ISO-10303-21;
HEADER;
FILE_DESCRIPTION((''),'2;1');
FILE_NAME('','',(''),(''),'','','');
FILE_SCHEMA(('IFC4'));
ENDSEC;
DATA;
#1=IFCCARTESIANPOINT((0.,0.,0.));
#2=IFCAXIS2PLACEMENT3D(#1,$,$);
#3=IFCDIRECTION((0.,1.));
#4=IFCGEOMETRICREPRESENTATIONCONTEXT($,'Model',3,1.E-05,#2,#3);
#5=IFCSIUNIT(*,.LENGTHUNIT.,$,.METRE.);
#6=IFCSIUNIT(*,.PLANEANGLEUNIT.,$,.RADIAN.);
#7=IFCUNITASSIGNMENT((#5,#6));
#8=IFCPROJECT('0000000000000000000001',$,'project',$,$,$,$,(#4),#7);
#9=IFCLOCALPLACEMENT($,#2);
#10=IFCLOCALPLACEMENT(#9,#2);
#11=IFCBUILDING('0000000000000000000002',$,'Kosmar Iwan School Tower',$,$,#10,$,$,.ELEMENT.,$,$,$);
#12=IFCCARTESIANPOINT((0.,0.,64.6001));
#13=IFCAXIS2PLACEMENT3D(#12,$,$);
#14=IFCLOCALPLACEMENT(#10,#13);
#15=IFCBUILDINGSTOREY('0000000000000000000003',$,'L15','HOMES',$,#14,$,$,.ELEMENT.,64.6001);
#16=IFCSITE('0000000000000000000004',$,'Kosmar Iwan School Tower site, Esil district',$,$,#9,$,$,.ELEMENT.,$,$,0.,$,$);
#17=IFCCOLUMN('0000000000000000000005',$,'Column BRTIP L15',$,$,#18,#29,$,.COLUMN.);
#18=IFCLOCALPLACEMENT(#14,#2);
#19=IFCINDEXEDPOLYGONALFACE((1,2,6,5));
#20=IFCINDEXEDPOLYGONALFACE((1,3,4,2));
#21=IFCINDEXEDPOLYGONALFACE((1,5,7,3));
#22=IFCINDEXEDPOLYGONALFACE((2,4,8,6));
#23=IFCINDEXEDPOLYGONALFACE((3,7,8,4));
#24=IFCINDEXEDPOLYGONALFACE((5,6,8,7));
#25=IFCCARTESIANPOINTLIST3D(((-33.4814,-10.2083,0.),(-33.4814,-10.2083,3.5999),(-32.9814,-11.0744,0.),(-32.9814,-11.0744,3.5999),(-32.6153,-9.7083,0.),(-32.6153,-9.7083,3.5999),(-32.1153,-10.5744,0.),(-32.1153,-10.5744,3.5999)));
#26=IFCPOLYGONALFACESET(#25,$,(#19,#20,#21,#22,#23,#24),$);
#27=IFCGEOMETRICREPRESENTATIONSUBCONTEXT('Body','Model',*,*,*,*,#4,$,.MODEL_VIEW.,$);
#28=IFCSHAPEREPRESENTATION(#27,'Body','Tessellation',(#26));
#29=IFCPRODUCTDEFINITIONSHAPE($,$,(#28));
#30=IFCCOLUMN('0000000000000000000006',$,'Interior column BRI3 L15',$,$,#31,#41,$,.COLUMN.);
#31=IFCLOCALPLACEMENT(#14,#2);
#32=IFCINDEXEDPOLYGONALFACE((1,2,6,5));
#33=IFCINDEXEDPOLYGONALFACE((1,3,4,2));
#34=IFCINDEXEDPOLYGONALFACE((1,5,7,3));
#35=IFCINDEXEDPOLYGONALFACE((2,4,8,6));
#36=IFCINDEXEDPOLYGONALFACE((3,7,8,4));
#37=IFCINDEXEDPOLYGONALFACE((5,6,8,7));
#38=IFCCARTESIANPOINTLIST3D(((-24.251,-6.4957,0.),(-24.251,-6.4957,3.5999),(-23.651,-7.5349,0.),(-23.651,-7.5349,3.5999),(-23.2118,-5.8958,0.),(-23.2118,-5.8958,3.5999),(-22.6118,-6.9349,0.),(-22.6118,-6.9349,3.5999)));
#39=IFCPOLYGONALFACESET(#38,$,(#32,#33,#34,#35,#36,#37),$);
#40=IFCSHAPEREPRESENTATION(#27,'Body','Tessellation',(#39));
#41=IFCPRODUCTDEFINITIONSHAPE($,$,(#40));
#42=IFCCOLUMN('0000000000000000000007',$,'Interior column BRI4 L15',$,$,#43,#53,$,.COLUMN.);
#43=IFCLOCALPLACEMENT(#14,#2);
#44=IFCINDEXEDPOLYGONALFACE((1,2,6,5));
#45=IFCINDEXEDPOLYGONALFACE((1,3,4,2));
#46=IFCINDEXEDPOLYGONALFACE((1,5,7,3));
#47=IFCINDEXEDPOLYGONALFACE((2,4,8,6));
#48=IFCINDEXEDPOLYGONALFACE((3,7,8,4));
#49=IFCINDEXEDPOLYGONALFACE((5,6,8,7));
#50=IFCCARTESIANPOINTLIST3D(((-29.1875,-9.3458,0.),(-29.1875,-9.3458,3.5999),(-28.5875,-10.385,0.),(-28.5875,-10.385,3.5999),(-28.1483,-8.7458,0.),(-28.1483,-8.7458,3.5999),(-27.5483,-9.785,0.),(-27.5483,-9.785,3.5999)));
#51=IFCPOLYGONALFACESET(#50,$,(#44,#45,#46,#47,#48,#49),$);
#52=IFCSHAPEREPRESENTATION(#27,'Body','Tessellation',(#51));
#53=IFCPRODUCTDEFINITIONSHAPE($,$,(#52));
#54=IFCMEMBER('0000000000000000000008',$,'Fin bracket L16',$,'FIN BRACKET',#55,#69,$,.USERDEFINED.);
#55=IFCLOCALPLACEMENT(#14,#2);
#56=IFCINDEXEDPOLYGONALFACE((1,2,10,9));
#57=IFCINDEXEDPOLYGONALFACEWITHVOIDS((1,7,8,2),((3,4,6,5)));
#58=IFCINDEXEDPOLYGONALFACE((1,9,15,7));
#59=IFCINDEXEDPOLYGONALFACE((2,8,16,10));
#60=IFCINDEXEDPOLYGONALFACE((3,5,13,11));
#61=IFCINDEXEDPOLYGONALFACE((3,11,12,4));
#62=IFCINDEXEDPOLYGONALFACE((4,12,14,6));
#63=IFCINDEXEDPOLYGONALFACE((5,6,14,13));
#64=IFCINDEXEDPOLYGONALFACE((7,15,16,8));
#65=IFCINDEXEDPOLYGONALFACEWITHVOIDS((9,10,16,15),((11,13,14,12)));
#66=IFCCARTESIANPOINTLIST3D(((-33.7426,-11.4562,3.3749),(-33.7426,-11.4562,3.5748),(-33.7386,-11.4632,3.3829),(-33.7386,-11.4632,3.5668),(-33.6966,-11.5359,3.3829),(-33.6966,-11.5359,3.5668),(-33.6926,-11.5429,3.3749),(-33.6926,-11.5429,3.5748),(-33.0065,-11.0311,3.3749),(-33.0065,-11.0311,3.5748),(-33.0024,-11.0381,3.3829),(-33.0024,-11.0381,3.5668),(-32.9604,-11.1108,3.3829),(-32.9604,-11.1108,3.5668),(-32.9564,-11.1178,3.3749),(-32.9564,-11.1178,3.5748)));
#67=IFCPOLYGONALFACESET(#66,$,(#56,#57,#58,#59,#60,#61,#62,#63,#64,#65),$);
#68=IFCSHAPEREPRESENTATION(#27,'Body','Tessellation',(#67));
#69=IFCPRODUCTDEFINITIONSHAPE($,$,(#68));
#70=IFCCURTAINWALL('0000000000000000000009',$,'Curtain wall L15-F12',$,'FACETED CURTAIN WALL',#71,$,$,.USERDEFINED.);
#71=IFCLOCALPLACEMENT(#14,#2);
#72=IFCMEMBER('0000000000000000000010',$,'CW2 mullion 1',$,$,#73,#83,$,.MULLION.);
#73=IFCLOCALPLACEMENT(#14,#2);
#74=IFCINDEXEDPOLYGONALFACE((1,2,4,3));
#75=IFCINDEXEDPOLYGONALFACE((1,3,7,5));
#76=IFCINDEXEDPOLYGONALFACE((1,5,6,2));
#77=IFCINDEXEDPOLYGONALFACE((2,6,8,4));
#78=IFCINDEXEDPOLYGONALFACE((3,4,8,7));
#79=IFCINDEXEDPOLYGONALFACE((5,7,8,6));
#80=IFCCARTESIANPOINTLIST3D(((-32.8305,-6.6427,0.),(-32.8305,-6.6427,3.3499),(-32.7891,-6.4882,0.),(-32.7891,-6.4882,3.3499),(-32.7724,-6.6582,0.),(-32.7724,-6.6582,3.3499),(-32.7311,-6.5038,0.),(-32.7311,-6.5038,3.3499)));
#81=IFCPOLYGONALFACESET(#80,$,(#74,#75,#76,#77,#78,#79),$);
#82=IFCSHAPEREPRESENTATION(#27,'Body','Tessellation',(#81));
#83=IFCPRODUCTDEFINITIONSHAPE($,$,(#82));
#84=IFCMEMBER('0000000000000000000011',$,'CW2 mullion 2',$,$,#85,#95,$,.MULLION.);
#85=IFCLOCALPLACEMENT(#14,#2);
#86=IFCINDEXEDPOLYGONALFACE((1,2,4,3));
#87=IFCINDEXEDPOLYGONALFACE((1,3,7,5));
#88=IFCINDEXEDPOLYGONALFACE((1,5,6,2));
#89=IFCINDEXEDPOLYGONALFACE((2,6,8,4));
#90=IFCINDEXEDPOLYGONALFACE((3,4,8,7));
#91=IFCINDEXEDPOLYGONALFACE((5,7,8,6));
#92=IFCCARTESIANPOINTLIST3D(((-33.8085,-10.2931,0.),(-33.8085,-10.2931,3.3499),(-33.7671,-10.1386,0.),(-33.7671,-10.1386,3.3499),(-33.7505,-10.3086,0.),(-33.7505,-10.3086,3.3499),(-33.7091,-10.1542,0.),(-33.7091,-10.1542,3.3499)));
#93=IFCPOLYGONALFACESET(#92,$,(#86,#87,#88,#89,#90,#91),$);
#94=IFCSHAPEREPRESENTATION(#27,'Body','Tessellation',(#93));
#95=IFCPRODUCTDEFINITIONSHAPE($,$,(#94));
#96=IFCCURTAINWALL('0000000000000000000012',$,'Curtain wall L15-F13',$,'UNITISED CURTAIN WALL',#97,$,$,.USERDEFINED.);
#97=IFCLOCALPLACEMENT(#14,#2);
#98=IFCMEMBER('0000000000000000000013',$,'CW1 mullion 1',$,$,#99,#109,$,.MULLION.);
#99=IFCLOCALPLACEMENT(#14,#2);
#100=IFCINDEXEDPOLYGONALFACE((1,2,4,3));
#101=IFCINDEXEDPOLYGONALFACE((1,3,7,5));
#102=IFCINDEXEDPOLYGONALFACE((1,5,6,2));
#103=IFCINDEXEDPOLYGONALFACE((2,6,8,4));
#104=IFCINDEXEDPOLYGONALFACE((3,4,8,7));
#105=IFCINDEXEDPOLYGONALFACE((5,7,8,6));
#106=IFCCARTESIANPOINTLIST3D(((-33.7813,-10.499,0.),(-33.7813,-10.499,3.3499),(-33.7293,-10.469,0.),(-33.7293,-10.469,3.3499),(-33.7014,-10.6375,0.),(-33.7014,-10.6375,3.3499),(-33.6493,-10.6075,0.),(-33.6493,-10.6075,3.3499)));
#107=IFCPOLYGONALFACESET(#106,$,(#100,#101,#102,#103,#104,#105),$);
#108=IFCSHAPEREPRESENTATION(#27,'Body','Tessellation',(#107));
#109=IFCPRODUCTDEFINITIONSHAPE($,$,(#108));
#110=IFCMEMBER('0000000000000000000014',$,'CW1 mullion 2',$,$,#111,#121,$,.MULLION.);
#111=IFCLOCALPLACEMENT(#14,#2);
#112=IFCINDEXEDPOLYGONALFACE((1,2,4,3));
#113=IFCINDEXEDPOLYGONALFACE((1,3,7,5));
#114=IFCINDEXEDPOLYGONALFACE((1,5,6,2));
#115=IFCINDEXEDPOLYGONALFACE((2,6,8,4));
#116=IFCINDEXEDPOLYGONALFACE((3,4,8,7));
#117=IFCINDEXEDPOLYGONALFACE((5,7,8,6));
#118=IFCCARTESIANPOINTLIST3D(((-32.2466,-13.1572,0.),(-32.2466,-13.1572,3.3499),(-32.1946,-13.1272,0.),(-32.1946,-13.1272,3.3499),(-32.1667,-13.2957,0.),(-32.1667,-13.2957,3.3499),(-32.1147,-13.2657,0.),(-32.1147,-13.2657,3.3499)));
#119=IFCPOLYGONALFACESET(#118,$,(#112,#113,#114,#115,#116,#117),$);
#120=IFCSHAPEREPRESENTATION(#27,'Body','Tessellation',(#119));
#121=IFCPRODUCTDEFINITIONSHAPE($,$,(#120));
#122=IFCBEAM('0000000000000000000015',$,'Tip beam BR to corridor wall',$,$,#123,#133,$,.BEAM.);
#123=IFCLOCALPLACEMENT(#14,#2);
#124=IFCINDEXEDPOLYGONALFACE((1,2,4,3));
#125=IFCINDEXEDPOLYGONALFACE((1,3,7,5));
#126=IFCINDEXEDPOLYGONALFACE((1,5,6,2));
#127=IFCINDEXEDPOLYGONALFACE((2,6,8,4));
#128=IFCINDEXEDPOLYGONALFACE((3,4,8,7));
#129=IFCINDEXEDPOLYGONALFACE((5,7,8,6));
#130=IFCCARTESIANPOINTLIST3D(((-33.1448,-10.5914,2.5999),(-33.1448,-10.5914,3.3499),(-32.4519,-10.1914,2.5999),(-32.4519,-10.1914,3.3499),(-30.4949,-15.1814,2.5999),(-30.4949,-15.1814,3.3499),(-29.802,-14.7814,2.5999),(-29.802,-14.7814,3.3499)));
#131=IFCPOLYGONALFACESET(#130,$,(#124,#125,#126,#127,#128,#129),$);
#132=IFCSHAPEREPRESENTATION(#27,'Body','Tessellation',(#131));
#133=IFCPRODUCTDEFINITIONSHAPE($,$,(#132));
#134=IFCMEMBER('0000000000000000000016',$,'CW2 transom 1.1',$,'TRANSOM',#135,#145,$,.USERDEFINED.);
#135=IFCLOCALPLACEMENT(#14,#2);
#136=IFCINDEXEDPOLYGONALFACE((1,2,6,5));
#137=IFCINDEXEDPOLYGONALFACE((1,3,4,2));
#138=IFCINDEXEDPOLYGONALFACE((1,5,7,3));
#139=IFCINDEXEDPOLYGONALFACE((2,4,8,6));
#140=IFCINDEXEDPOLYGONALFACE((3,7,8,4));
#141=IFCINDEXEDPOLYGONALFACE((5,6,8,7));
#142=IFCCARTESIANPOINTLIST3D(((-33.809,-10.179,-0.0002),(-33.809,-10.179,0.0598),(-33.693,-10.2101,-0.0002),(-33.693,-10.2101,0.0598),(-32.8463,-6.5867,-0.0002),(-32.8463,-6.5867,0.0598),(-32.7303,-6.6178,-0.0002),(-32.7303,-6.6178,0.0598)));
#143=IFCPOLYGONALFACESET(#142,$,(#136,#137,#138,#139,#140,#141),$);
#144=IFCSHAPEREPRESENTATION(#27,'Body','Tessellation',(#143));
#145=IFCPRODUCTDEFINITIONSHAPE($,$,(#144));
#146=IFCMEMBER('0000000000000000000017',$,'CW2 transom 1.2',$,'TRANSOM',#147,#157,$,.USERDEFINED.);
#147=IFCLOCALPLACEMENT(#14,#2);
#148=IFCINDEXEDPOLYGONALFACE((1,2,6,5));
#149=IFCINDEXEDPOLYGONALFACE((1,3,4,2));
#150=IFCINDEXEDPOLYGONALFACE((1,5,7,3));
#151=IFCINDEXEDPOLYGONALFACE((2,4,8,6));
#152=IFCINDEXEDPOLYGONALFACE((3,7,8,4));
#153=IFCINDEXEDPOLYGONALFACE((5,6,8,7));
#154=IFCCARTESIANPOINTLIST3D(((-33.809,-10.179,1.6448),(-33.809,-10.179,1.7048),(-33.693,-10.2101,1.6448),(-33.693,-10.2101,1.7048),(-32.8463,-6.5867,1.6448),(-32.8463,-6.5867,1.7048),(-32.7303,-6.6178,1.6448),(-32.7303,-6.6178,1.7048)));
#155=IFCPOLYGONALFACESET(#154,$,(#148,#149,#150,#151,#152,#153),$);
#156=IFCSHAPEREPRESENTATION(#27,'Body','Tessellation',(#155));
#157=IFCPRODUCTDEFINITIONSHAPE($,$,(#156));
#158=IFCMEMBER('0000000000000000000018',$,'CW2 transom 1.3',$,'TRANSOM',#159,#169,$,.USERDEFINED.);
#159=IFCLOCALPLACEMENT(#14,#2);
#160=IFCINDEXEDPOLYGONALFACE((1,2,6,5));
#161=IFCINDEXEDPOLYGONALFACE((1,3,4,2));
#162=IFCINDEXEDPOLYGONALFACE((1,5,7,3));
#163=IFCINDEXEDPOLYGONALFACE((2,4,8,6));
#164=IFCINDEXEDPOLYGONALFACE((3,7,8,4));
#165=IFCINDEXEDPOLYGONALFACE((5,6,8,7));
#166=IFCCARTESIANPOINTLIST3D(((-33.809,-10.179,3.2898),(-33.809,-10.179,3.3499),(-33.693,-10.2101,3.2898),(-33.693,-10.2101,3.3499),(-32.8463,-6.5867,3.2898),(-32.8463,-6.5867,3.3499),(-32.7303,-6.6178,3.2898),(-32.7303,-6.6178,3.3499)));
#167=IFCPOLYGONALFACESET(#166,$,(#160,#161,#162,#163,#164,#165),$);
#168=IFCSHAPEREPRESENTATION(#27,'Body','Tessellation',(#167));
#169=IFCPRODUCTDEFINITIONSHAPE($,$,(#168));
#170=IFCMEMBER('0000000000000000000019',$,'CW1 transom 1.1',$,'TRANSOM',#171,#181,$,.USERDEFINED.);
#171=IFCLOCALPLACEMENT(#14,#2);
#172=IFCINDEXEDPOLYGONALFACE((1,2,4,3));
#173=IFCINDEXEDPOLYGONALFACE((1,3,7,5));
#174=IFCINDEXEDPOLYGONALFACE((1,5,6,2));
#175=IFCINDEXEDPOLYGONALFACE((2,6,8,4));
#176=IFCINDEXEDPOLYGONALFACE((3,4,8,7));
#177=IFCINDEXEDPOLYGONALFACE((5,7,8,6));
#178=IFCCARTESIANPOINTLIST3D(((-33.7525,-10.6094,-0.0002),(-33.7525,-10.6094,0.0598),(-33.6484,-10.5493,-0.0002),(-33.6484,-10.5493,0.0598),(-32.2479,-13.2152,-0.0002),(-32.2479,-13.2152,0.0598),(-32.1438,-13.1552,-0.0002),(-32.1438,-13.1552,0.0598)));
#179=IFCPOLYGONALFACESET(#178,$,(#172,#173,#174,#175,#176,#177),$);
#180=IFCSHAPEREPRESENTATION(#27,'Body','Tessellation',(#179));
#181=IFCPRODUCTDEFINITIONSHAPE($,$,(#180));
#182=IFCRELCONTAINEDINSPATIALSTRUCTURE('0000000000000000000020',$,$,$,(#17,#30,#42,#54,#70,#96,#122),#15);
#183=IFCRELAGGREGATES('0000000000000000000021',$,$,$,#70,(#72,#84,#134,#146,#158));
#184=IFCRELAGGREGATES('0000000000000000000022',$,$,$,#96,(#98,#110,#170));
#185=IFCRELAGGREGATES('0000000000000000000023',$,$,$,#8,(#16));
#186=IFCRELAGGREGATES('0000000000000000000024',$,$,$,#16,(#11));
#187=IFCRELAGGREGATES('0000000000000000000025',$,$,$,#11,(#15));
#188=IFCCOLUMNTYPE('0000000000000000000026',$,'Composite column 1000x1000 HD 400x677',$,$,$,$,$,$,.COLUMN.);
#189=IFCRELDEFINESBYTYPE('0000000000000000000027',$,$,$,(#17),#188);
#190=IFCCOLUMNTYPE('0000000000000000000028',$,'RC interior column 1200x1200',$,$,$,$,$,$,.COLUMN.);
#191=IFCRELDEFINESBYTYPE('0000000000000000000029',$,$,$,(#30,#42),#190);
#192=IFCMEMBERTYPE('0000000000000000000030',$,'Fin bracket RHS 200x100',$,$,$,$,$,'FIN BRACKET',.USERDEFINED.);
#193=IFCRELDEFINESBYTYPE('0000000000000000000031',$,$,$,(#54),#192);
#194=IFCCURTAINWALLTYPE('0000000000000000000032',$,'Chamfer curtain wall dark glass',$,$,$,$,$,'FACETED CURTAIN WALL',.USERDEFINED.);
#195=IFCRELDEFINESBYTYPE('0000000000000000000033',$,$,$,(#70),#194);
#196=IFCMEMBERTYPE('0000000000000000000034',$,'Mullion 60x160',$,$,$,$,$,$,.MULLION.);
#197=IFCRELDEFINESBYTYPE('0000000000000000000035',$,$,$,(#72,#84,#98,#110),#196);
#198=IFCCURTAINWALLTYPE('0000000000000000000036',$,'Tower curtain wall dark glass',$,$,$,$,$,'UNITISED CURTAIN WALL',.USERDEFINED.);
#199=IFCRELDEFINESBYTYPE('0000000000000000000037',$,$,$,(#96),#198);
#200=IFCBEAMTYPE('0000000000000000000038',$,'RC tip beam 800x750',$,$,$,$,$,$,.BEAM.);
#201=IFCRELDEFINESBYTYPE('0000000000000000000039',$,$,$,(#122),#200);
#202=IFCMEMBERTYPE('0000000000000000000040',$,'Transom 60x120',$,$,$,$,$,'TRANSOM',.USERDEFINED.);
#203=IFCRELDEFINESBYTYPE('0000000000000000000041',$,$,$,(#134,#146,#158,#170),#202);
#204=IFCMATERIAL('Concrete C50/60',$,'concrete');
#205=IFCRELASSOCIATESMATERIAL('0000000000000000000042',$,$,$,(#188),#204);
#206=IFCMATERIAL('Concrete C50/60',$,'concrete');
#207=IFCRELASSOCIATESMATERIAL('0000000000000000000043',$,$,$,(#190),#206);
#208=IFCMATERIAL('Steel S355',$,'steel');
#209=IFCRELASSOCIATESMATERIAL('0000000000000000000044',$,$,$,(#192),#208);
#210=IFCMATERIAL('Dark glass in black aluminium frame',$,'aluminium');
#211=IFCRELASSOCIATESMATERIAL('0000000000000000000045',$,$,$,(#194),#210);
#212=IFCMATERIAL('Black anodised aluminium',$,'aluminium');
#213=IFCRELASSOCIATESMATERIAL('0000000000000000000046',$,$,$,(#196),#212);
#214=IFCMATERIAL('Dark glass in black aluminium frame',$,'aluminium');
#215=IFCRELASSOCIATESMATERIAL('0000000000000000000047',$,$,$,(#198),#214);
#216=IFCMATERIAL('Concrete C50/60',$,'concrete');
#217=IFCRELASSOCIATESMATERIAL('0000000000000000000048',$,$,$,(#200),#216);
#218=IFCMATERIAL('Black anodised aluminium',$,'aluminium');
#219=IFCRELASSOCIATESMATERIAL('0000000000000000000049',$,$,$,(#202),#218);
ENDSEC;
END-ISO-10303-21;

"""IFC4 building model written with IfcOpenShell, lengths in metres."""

from ifc_helpers import new_model, si_unit, direction, frame, origin, origin_2d, place, context, subcontext, project, spatial, rectangle, hollow_rectangle, extrude, material, material_profile, profile_set, type_object, element, aggregate, save


model = new_model("IFC4")

# Units and contexts
model_context = context("Model", 3, precision=1e-05, world=origin(), true_north=direction((0.0, 1.0)))
body_context = subcontext(model_context, "Body", "Model", "MODEL_VIEW")
ifc_project = project(units=[si_unit("LENGTHUNIT", "METRE"), si_unit("PLANEANGLEUNIT", "RADIAN")], contexts=[model_context])

# Site, building, storey
site_placement = place(None, origin())
site = spatial("IfcSite", under=ifc_project, at=site_placement, Name="Kosmar Iwan School Tower site, Esil district", CompositionType="ELEMENT", RefElevation=0.0)
building_placement = place(site_placement, origin())
building = spatial("IfcBuilding", under=site, at=building_placement, Name="Kosmar Iwan School Tower", CompositionType="ELEMENT")
storey_placement = place(building_placement, frame((0.0, 0.0, 64.6001)))
storey = spatial("IfcBuildingStorey", under=building, at=storey_placement, Name="L15", Description="HOMES", CompositionType="ELEMENT", Elevation=64.6001)

# Columns
ifc_material_1 = material(Name="Concrete C50/60", Category="concrete")
ifc_material_profile_1 = material_profile(ifc_material_1, rectangle(XDim=1.0, YDim=1.0, at=origin_2d()), Name="RC 1000x1000 + HD 400x677")
ifc_profile_set_1 = profile_set([ifc_material_profile_1], Name="Concrete C50/60")
column_type_1 = type_object("IfcColumnType", Name="Composite column 1000x1000 HD 400x677", PredefinedType="COLUMN", material=ifc_profile_set_1)
column_placement = place(storey_placement, frame((-32.7983, -10.3914, 0.0), z_axis=(0.0, 0.0, 1.0), x_axis=(-0.866025, -0.5, 0.0)))
element("IfcColumn", 1, at=column_placement, inside=storey, type_object=column_type_1, Name="Column BRTIP L15", PredefinedType="COLUMN", context=body_context, shape_type="SweptSolid", body=[
    extrude(rectangle(XDim=1.0, YDim=1.0, at=origin_2d()), origin(), (0.0, 0.0, 1.0), 3.5999),
])
ifc_material_2 = material(Name="Concrete C50/60", Category="concrete")
ifc_material_profile_2 = material_profile(ifc_material_2, rectangle(XDim=1.2, YDim=1.2, at=origin_2d()), Name="RC 1200x1200")
ifc_profile_set_2 = profile_set([ifc_material_profile_2], Name="Concrete C50/60")
column_type_2 = type_object("IfcColumnType", Name="RC interior column 1200x1200", PredefinedType="COLUMN", material=ifc_profile_set_2)
for number, where, z_axis, x_axis, name in (
    (2, (-23.4314, -6.7153, 0.0), (0.0, 0.0, 1.0), (-0.866025, -0.5, 0.0), "Interior column BRI3 L15"),
    (3, (-28.3679, -9.5654, 0.0), (0.0, 0.0, 1.0), (-0.866025, -0.5, 0.0), "Interior column BRI4 L15"),
):
    element("IfcColumn", number, at=place(storey_placement, frame(where, z_axis=z_axis, x_axis=x_axis)), inside=storey, type_object=column_type_2, Name=name, PredefinedType="COLUMN", context=body_context, shape_type="SweptSolid", body=[
        extrude(rectangle(XDim=1.2, YDim=1.2, at=origin_2d()), origin(), (0.0, 0.0, 1.0), 3.5999),
    ])

# Member
ifc_material_3 = material(Name="Steel S355", Category="steel")
ifc_material_profile_3 = material_profile(ifc_material_3, hollow_rectangle(XDim=0.1001, YDim=0.2, WallThickness=0.0081, at=origin_2d()), Name="RHS 200x100x8")
ifc_profile_set_3 = profile_set([ifc_material_profile_3], Name="Steel S355")
member_type_1 = type_object("IfcMemberType", Name="Fin bracket RHS 200x100", ElementType="FIN BRACKET", PredefinedType="USERDEFINED", material=ifc_profile_set_3)
member_1_placement = place(storey_placement, frame((-32.9814, -11.0745, 3.4749), z_axis=(-0.865989, -0.500062, 0.0), x_axis=(0.500062, -0.865989, 0.0)))
element("IfcMember", 4, at=member_1_placement, inside=storey, type_object=member_type_1, Name="Fin bracket L16", ObjectType="FIN BRACKET", PredefinedType="USERDEFINED", context=body_context, shape_type="SweptSolid", body=[
    extrude(hollow_rectangle(XDim=0.1001, YDim=0.2, WallThickness=0.0081, at=origin_2d()), origin(), (0.0, 0.0, 1.0), 0.8501),
])

# Curtain walls, members
ifc_material_4 = material(Name="Dark glass in black aluminium frame", Category="aluminium")
curtain_wall_type_1 = type_object("IfcCurtainWallType", Name="Chamfer curtain wall dark glass", ElementType="FACETED CURTAIN WALL", PredefinedType="USERDEFINED", material=ifc_material_4)
curtain_wall_1_placement = place(storey_placement, origin())
curtain_wall_1 = element("IfcCurtainWall", 5, at=curtain_wall_1_placement, inside=storey, type_object=curtain_wall_type_1, Name="Curtain wall L15-F12", ObjectType="FACETED CURTAIN WALL", PredefinedType="USERDEFINED")
ifc_material_5 = material(Name="Black anodised aluminium", Category="aluminium")
ifc_material_profile_4 = material_profile(ifc_material_5, rectangle(XDim=0.0601, YDim=0.1599, at=origin_2d()), Name="MULLION 60x160")
ifc_profile_set_4 = profile_set([ifc_material_profile_4], Name="Black anodised aluminium")
member_type_2 = type_object("IfcMemberType", Name="Mullion 60x160", PredefinedType="MULLION", material=ifc_profile_set_4)
member_2_placement = place(storey_placement, frame((-32.7808, -6.5732, 0.0), z_axis=(0.0, 0.0, 1.0), x_axis=(0.965926, -0.258819, 0.0)))
member_2 = element("IfcMember", 6, at=member_2_placement, type_object=member_type_2, Name="CW2 mullion 1", PredefinedType="MULLION", context=body_context, shape_type="SweptSolid", body=[
    extrude(rectangle(XDim=0.0601, YDim=0.1599, at=origin_2d()), origin(), (0.0, 0.0, 1.0), 3.3499),
])
member_3_placement = place(storey_placement, frame((-33.7588, -10.2236, 0.0), z_axis=(0.0, 0.0, 1.0), x_axis=(0.965926, -0.258819, 0.0)))
member_3 = element("IfcMember", 7, at=member_3_placement, type_object=member_type_2, Name="CW2 mullion 2", PredefinedType="MULLION", context=body_context, shape_type="SweptSolid", body=[
    extrude(rectangle(XDim=0.0601, YDim=0.1599, at=origin_2d()), origin(), (0.0, 0.0, 1.0), 3.3499),
])
ifc_material_6 = material(Name="Dark glass in black aluminium frame", Category="aluminium")
curtain_wall_type_2 = type_object("IfcCurtainWallType", Name="Tower curtain wall dark glass", ElementType="UNITISED CURTAIN WALL", PredefinedType="USERDEFINED", material=ifc_material_6)
curtain_wall_2_placement = place(storey_placement, origin())
curtain_wall_2 = element("IfcCurtainWall", 8, at=curtain_wall_2_placement, inside=storey, type_object=curtain_wall_type_2, Name="Curtain wall L15-F13", ObjectType="UNITISED CURTAIN WALL", PredefinedType="USERDEFINED")
member_4_placement = place(storey_placement, frame((-33.7153, -10.5532, 0.0), z_axis=(0.0, 0.0, 1.0), x_axis=(0.866025, 0.5, 0.0)))
member_4 = element("IfcMember", 9, at=member_4_placement, type_object=member_type_2, Name="CW1 mullion 1", PredefinedType="MULLION", context=body_context, shape_type="SweptSolid", body=[
    extrude(rectangle(XDim=0.0601, YDim=0.1599, at=origin_2d()), origin(), (0.0, 0.0, 1.0), 3.3499),
])
member_5_placement = place(storey_placement, frame((-32.1807, -13.2114, 0.0), z_axis=(0.0, 0.0, 1.0), x_axis=(0.866025, 0.5, 0.0)))
member_5 = element("IfcMember", 10, at=member_5_placement, type_object=member_type_2, Name="CW1 mullion 2", PredefinedType="MULLION", context=body_context, shape_type="SweptSolid", body=[
    extrude(rectangle(XDim=0.0601, YDim=0.1599, at=origin_2d()), origin(), (0.0, 0.0, 1.0), 3.3499),
])

# Beam
ifc_material_7 = material(Name="Concrete C50/60", Category="concrete")
ifc_material_profile_5 = material_profile(ifc_material_7, rectangle(XDim=0.8, YDim=0.75, at=origin_2d()), Name="RC 800x750")
ifc_profile_set_5 = profile_set([ifc_material_profile_5], Name="Concrete C50/60")
beam_type = type_object("IfcBeamType", Name="RC tip beam 800x750", PredefinedType="BEAM", material=ifc_profile_set_5)
beam_placement = place(storey_placement, frame((-32.7983, -10.3914, 2.9749), z_axis=(0.499974, -0.866041, 0.0), x_axis=(0.866041, 0.499974, 0.0)))
element("IfcBeam", 11, at=beam_placement, inside=storey, type_object=beam_type, Name="Tip beam BR to corridor wall", PredefinedType="BEAM", context=body_context, shape_type="SweptSolid", body=[
    extrude(rectangle(XDim=0.8, YDim=0.75, at=origin_2d()), origin(), (0.0, 0.0, 1.0), 5.3),
])

# Members
ifc_material_8 = material(Name="Black anodised aluminium", Category="aluminium")
ifc_material_profile_6 = material_profile(ifc_material_8, rectangle(XDim=0.1201, YDim=0.0601, at=origin_2d()), Name="TRANSOM 60x120")
ifc_profile_set_6 = profile_set([ifc_material_profile_6], Name="Black anodised aluminium")
member_type_3 = type_object("IfcMemberType", Name="Transom 60x120", ElementType="TRANSOM", PredefinedType="USERDEFINED", material=ifc_profile_set_6)
member_6_placement = place(storey_placement, frame((-32.7883, -6.6023, 0.0298), z_axis=(-0.258843, -0.965919, 0.0), x_axis=(0.965919, -0.258843, 0.0)))
member_6 = element("IfcMember", 12, at=member_6_placement, type_object=member_type_3, Name="CW2 transom 1.1", ObjectType="TRANSOM", PredefinedType="USERDEFINED", context=body_context, shape_type="SweptSolid", body=[
    extrude(rectangle(XDim=0.1201, YDim=0.0601, at=origin_2d()), origin(), (0.0, 0.0, 1.0), 3.719),
])
member_7_placement = place(storey_placement, frame((-32.7883, -6.6023, 1.6748), z_axis=(-0.258843, -0.965919, 0.0), x_axis=(0.965919, -0.258843, 0.0)))
member_7 = element("IfcMember", 13, at=member_7_placement, type_object=member_type_3, Name="CW2 transom 1.2", ObjectType="TRANSOM", PredefinedType="USERDEFINED", context=body_context, shape_type="SweptSolid", body=[
    extrude(rectangle(XDim=0.1201, YDim=0.0601, at=origin_2d()), origin(), (0.0, 0.0, 1.0), 3.719),
])
member_8_placement = place(storey_placement, frame((-32.7883, -6.6023, 3.3198), z_axis=(-0.258843, -0.965919, 0.0), x_axis=(0.965919, -0.258843, 0.0)))
member_8 = element("IfcMember", 14, at=member_8_placement, type_object=member_type_3, Name="CW2 transom 1.3", ObjectType="TRANSOM", PredefinedType="USERDEFINED", context=body_context, shape_type="SweptSolid", body=[
    extrude(rectangle(XDim=0.1201, YDim=0.0601, at=origin_2d()), origin(), (0.0, 0.0, 1.0), 3.719),
])
member_9_placement = place(storey_placement, frame((-33.7004, -10.5793, 0.0298), z_axis=(0.500022, -0.866013, 0.0), x_axis=(0.866013, 0.500022, 0.0)))
member_9 = element("IfcMember", 15, at=member_9_placement, type_object=member_type_3, Name="CW1 transom 1.1", ObjectType="TRANSOM", PredefinedType="USERDEFINED", context=body_context, shape_type="SweptSolid", body=[
    extrude(rectangle(XDim=0.1201, YDim=0.0601, at=origin_2d()), origin(), (0.0, 0.0, 1.0), 3.009),
])

aggregate(curtain_wall_1, [member_2, member_3, member_6, member_7, member_8])
aggregate(curtain_wall_2, [member_4, member_5, member_9])

save(model, "model.ifc")
